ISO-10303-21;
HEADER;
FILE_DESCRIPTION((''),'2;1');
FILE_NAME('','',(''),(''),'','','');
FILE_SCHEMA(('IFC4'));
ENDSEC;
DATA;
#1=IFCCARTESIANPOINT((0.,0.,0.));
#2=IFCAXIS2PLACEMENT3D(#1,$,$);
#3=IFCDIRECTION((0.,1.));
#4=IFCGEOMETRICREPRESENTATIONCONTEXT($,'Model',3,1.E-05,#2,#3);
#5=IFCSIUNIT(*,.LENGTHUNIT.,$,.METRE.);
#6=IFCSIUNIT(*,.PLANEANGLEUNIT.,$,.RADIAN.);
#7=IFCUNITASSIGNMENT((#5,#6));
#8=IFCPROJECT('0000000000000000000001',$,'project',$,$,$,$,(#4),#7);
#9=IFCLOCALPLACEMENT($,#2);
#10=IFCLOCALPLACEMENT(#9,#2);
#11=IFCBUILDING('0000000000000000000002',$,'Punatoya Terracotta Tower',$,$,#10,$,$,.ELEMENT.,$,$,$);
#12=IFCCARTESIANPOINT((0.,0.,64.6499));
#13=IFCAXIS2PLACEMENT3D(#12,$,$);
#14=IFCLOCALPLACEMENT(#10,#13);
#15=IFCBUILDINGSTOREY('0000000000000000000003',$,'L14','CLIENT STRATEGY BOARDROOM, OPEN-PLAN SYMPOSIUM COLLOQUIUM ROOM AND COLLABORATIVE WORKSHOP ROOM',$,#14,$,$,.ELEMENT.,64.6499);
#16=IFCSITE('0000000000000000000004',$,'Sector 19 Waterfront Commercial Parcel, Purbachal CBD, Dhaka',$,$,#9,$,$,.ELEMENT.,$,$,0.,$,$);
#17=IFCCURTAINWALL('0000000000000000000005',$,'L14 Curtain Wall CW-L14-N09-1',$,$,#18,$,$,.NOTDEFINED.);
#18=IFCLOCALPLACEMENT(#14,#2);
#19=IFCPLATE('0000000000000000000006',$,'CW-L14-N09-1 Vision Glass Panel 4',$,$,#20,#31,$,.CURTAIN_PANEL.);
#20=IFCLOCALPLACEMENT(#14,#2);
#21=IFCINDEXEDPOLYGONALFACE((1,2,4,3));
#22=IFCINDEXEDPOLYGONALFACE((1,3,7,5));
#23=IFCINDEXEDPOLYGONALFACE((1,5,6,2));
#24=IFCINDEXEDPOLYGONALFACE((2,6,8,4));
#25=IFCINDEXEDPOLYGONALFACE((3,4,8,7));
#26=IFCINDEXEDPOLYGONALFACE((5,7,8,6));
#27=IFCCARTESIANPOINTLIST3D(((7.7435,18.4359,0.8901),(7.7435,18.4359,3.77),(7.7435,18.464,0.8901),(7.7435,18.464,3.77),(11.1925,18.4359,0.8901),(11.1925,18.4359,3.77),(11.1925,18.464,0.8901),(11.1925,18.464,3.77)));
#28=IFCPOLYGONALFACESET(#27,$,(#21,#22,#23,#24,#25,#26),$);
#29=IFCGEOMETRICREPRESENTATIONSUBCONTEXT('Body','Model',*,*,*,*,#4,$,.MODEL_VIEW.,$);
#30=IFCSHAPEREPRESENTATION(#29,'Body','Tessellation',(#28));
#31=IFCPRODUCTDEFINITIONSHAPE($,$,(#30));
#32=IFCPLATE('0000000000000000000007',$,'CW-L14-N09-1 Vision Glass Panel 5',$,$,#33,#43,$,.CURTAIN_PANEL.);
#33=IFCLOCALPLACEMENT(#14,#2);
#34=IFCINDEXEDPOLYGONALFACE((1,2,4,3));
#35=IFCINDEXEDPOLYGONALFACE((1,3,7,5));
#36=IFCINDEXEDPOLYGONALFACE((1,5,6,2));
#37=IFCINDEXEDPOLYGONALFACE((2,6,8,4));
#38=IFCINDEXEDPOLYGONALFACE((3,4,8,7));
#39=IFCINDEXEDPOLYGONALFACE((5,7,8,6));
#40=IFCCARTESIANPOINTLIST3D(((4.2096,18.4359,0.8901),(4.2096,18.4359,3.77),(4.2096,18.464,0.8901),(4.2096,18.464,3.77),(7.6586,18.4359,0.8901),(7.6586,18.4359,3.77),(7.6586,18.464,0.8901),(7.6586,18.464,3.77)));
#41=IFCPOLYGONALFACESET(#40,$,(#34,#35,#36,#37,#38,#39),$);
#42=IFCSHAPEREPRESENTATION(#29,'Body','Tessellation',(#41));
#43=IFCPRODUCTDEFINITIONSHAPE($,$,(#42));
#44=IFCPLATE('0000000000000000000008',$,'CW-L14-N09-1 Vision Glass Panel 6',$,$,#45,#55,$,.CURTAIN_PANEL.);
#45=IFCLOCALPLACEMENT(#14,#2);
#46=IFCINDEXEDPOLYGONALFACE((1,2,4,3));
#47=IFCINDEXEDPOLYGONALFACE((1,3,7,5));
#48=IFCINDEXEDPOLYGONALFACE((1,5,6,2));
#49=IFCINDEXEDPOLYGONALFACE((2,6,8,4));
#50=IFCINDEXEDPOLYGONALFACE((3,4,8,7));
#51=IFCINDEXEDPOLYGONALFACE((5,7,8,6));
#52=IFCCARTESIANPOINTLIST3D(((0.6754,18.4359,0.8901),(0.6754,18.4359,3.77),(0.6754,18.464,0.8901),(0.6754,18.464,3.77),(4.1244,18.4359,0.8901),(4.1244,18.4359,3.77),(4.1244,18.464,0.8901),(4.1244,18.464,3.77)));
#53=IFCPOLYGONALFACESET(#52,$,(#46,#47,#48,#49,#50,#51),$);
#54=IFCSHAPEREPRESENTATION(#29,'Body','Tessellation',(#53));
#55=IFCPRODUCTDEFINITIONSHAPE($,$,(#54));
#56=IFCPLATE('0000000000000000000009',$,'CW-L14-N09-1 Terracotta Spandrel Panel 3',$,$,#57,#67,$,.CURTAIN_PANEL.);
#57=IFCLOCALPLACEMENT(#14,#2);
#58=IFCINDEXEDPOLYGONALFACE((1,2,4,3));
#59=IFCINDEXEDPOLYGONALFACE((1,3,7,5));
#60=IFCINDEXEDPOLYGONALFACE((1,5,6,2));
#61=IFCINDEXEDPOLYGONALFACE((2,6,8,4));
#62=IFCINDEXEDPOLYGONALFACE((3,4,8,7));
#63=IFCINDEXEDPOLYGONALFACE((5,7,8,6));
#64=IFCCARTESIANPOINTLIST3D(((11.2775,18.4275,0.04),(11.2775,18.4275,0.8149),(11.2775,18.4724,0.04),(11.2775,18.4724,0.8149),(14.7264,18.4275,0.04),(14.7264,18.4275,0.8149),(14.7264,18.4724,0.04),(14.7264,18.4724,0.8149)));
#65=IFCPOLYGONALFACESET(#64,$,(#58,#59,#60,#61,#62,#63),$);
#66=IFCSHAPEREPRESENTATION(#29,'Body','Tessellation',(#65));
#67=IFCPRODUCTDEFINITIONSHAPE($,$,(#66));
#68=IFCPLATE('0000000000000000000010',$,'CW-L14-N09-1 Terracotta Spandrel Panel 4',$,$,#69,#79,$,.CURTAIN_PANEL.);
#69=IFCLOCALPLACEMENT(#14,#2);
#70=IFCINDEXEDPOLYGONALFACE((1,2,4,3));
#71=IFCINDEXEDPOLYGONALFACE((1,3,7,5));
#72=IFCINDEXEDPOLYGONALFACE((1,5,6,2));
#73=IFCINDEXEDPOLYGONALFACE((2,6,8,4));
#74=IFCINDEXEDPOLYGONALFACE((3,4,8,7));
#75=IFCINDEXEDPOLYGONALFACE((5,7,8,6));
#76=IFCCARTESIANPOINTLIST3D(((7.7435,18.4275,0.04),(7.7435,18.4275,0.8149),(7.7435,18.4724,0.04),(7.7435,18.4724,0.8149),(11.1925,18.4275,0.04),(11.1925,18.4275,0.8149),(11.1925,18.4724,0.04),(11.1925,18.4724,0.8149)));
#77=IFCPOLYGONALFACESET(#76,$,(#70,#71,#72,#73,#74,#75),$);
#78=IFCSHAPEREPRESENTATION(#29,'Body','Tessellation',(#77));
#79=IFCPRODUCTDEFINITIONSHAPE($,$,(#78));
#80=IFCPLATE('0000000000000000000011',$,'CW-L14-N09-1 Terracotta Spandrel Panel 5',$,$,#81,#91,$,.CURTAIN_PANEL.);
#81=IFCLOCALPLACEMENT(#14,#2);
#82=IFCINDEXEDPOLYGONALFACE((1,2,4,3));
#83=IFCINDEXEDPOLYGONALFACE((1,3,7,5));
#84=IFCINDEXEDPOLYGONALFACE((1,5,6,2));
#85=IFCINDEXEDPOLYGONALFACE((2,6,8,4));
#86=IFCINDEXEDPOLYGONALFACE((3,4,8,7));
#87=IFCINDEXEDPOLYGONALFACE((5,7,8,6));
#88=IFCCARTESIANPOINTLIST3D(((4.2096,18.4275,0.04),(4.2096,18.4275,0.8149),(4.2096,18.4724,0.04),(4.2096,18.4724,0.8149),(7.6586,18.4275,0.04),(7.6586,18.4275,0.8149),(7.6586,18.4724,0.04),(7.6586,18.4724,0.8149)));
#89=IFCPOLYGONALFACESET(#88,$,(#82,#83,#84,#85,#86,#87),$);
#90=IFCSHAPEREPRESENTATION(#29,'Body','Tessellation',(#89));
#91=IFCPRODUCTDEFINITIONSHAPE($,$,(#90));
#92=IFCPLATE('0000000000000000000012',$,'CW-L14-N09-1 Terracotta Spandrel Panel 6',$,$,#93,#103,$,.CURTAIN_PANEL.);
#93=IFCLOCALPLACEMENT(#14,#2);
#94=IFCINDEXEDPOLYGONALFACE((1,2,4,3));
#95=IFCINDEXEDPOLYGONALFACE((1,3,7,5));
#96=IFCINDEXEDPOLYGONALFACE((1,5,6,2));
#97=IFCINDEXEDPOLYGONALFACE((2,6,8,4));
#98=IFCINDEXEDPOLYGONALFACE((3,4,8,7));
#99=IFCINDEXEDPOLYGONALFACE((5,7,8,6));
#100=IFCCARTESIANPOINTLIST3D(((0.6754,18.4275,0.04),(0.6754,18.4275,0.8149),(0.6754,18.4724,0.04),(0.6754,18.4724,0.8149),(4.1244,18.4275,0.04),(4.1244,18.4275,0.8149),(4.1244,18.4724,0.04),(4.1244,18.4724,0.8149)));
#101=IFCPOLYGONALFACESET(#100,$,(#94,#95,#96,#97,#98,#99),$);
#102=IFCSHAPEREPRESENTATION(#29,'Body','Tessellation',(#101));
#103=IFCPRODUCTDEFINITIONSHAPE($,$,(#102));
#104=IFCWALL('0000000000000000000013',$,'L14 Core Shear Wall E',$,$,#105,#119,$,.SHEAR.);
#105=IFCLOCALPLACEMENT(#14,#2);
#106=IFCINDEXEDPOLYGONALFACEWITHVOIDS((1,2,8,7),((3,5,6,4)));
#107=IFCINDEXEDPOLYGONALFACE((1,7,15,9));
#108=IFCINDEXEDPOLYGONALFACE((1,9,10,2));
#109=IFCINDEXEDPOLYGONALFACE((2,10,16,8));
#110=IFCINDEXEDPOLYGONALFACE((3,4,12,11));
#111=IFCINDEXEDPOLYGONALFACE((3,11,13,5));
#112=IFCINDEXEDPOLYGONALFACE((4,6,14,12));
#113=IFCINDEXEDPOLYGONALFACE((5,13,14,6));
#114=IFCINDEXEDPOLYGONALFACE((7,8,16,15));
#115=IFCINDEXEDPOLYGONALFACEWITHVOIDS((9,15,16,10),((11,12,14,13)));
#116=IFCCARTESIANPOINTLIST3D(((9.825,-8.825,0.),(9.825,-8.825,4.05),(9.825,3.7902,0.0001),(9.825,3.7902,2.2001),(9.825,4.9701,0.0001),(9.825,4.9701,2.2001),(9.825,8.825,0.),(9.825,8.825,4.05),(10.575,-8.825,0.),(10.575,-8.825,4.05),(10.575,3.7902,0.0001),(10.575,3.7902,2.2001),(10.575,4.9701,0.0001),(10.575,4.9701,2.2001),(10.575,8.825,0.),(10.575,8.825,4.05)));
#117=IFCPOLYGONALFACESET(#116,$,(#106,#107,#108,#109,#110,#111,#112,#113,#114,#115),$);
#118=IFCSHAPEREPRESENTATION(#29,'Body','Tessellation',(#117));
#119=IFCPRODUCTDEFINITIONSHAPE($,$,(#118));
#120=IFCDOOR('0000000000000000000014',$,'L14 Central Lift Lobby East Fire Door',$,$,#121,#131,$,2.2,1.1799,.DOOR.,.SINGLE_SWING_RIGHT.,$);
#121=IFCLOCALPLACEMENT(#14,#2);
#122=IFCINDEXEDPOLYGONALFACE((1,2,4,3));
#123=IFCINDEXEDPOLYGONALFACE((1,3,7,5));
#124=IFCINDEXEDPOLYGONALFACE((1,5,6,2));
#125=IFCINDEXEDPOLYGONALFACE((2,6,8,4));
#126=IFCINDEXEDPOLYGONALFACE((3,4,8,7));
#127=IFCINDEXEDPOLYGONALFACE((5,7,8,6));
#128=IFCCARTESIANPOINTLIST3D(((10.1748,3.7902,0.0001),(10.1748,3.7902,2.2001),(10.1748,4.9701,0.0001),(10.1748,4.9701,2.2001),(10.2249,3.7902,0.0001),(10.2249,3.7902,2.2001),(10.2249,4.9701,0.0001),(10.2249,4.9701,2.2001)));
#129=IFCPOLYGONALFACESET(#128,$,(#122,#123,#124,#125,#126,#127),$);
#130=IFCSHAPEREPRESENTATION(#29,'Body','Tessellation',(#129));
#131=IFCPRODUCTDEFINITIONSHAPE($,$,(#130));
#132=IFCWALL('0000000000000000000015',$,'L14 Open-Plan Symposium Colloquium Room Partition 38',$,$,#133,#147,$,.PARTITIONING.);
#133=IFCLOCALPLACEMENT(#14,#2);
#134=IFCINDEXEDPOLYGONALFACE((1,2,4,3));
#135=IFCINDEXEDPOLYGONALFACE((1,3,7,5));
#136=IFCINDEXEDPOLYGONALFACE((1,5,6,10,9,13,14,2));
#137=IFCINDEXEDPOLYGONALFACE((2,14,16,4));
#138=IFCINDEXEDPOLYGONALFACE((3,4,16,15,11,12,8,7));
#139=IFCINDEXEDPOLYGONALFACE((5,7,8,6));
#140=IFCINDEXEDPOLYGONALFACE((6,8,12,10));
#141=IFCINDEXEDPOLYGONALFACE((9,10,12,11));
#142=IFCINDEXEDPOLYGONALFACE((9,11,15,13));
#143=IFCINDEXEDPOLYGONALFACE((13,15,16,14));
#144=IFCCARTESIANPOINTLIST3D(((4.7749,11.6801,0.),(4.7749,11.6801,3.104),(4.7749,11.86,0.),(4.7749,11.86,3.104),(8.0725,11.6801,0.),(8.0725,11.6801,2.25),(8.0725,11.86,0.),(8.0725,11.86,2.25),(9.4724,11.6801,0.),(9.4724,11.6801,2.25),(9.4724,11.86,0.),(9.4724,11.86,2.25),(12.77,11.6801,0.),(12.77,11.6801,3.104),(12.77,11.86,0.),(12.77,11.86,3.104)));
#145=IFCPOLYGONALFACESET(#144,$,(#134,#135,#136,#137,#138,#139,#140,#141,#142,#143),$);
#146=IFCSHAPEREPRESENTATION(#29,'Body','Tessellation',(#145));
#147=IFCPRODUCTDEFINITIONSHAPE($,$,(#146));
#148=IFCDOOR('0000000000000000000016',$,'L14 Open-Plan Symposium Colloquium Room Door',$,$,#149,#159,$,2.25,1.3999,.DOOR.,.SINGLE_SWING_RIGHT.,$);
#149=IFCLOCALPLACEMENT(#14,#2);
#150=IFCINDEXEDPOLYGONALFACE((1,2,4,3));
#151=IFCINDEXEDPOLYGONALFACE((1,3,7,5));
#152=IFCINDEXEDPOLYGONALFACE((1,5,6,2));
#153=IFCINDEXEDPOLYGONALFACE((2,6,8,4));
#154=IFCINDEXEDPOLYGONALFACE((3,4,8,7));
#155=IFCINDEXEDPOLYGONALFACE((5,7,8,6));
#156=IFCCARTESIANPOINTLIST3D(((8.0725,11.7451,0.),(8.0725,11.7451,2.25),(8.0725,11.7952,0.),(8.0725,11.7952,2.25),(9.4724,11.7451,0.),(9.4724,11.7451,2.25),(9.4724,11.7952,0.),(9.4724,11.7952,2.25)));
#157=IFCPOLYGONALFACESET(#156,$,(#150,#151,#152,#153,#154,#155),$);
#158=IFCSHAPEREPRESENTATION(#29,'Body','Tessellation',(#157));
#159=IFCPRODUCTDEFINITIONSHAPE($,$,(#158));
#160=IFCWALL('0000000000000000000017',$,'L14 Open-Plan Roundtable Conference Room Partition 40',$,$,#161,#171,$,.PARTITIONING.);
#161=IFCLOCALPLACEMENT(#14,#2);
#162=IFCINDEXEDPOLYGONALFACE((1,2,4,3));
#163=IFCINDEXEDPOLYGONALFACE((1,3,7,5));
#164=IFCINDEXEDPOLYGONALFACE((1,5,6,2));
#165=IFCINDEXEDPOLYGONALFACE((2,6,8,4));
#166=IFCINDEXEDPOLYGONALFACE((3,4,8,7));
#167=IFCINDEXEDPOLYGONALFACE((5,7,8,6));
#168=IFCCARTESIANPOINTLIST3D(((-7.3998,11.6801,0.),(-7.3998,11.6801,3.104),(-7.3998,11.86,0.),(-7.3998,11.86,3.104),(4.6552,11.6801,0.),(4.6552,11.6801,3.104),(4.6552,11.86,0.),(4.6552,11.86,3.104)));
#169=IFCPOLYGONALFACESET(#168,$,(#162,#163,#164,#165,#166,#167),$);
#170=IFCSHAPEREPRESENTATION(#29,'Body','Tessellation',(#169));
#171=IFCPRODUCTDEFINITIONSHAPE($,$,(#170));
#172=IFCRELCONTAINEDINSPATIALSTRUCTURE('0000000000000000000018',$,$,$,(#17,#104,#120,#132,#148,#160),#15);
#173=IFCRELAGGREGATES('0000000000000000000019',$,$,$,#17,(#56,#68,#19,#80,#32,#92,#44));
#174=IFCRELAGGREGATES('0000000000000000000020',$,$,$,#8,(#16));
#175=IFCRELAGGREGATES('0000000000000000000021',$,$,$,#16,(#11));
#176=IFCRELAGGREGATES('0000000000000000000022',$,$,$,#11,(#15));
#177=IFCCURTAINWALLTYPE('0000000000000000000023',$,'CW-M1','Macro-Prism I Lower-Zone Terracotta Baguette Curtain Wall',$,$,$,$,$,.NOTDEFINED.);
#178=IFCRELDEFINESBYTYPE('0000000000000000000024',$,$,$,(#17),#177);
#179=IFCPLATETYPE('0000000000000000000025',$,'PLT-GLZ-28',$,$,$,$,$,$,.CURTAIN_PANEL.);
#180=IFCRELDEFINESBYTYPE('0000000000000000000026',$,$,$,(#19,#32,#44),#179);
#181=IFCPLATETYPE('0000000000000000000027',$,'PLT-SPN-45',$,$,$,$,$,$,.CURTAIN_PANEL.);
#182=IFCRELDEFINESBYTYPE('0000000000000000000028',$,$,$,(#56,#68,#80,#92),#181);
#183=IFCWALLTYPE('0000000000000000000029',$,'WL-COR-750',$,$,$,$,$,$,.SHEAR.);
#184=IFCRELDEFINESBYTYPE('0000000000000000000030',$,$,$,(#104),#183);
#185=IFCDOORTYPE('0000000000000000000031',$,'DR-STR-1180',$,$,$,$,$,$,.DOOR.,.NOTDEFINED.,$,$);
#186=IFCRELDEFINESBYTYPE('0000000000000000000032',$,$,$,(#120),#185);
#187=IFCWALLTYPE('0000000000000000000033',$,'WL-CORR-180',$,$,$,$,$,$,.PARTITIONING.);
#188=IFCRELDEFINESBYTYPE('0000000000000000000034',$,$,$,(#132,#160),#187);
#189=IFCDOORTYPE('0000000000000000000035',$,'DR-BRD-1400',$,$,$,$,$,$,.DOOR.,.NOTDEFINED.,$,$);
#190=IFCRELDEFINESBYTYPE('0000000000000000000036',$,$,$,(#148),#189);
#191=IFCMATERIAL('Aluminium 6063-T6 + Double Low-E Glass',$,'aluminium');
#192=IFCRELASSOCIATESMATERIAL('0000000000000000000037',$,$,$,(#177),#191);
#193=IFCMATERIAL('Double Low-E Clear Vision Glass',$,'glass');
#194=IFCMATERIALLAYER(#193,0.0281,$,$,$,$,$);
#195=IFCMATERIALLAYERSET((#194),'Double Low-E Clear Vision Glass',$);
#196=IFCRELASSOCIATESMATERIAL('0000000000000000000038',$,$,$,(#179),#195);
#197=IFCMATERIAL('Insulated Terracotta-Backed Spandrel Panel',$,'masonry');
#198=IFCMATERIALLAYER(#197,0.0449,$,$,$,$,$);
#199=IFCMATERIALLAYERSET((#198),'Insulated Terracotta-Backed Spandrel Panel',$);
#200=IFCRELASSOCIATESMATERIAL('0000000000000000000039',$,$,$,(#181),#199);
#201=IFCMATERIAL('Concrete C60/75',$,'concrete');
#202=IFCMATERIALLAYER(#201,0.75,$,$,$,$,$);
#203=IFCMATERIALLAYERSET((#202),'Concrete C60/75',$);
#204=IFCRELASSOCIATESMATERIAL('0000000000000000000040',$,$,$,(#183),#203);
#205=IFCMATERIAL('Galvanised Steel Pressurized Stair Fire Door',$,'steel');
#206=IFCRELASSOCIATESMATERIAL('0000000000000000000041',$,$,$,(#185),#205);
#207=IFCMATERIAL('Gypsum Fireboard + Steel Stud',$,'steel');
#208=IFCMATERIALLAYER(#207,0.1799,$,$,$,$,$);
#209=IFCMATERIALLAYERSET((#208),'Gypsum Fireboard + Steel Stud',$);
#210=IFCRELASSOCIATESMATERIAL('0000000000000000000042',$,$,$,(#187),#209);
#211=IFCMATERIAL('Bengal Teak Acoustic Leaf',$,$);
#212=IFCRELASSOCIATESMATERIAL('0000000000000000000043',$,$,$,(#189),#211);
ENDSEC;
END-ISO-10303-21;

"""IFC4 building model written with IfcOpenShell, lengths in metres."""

from ifc_helpers import new_model, si_unit, direction, frame, frame_2d, origin, origin_2d, place, context, subcontext, project, spatial, rectangle, extrude, material, layer, layer_set, type_object, element, fill, aggregate, save


model = new_model("IFC4")

# Units and contexts
model_context = context("Model", 3, precision=1e-05, world=origin(), true_north=direction((0.0, 1.0)))
body_context = subcontext(model_context, "Body", "Model", "MODEL_VIEW")
ifc_project = project(units=[si_unit("LENGTHUNIT", "METRE"), si_unit("PLANEANGLEUNIT", "RADIAN")], contexts=[model_context])

# Site, building, storey
site_placement = place(None, origin())
site = spatial("IfcSite", under=ifc_project, at=site_placement, Name="Sector 19 Waterfront Commercial Parcel, Purbachal CBD, Dhaka", CompositionType="ELEMENT", RefElevation=0.0)
building_placement = place(site_placement, origin())
building = spatial("IfcBuilding", under=site, at=building_placement, Name="Punatoya Terracotta Tower", CompositionType="ELEMENT")
storey_placement = place(building_placement, frame((0.0, 0.0, 64.6499)))
storey = spatial("IfcBuildingStorey", under=building, at=storey_placement, Name="L14", Description="CLIENT STRATEGY BOARDROOM, OPEN-PLAN SYMPOSIUM COLLOQUIUM ROOM AND COLLABORATIVE WORKSHOP ROOM", CompositionType="ELEMENT", Elevation=64.6499)

# Curtain wall, plates
ifc_material_1 = material(Name="Aluminium 6063-T6 + Double Low-E Glass", Category="aluminium")
curtain_wall_type = type_object("IfcCurtainWallType", Name="CW-M1", Description="Macro-Prism I Lower-Zone Terracotta Baguette Curtain Wall", PredefinedType="NOTDEFINED", material=ifc_material_1)
curtain_wall_placement = place(storey_placement, origin())
curtain_wall = element("IfcCurtainWall", 1, at=curtain_wall_placement, inside=storey, type_object=curtain_wall_type, Name="L14 Curtain Wall CW-L14-N09-1", PredefinedType="NOTDEFINED")
ifc_material_2 = material(Name="Double Low-E Clear Vision Glass", Category="glass")
ifc_layer_1 = layer(ifc_material_2, 0.0281)
ifc_layer_set_1 = layer_set([ifc_layer_1], Name="Double Low-E Clear Vision Glass")
plate_type_1 = type_object("IfcPlateType", Name="PLT-GLZ-28", PredefinedType="CURTAIN_PANEL", material=ifc_layer_set_1)
plate_1_placement = place(storey_placement, frame((9.468, 18.45, 0.8901), z_axis=(0.0, 0.0, 1.0), x_axis=(-1.0, 0.0, 0.0)))
plate_1 = element("IfcPlate", 2, at=plate_1_placement, type_object=plate_type_1, Name="CW-L14-N09-1 Vision Glass Panel 4", PredefinedType="CURTAIN_PANEL", context=body_context, shape_type="SweptSolid", body=[
    extrude(rectangle(XDim=3.449, YDim=0.0281, at=origin_2d()), origin(), (0.0, 0.0, 1.0), 2.8799),
])
plate_2_placement = place(storey_placement, frame((5.9341, 18.45, 0.8901), z_axis=(0.0, 0.0, 1.0), x_axis=(-1.0, 0.0, 0.0)))
plate_2 = element("IfcPlate", 3, at=plate_2_placement, type_object=plate_type_1, Name="CW-L14-N09-1 Vision Glass Panel 5", PredefinedType="CURTAIN_PANEL", context=body_context, shape_type="SweptSolid", body=[
    extrude(rectangle(XDim=3.449, YDim=0.0281, at=origin_2d()), origin(), (0.0, 0.0, 1.0), 2.8799),
])
plate_3_placement = place(storey_placement, frame((2.3999, 18.45, 0.8901), z_axis=(0.0, 0.0, 1.0), x_axis=(-1.0, 0.0, 0.0)))
plate_3 = element("IfcPlate", 4, at=plate_3_placement, type_object=plate_type_1, Name="CW-L14-N09-1 Vision Glass Panel 6", PredefinedType="CURTAIN_PANEL", context=body_context, shape_type="SweptSolid", body=[
    extrude(rectangle(XDim=3.449, YDim=0.0281, at=origin_2d()), origin(), (0.0, 0.0, 1.0), 2.8799),
])
ifc_material_3 = material(Name="Insulated Terracotta-Backed Spandrel Panel", Category="masonry")
ifc_layer_2 = layer(ifc_material_3, 0.0449)
ifc_layer_set_2 = layer_set([ifc_layer_2], Name="Insulated Terracotta-Backed Spandrel Panel")
plate_type_2 = type_object("IfcPlateType", Name="PLT-SPN-45", PredefinedType="CURTAIN_PANEL", material=ifc_layer_set_2)
plate_4_placement = place(storey_placement, frame((13.002, 18.45, 0.04), z_axis=(0.0, 0.0, 1.0), x_axis=(-1.0, 0.0, 0.0)))
plate_4 = element("IfcPlate", 5, at=plate_4_placement, type_object=plate_type_2, Name="CW-L14-N09-1 Terracotta Spandrel Panel 3", PredefinedType="CURTAIN_PANEL", context=body_context, shape_type="SweptSolid", body=[
    extrude(rectangle(XDim=3.449, YDim=0.0449, at=origin_2d()), origin(), (0.0, 0.0, 1.0), 0.7749),
])
plate_5_placement = place(storey_placement, frame((9.468, 18.45, 0.04), z_axis=(0.0, 0.0, 1.0), x_axis=(-1.0, 0.0, 0.0)))
plate_5 = element("IfcPlate", 6, at=plate_5_placement, type_object=plate_type_2, Name="CW-L14-N09-1 Terracotta Spandrel Panel 4", PredefinedType="CURTAIN_PANEL", context=body_context, shape_type="SweptSolid", body=[
    extrude(rectangle(XDim=3.449, YDim=0.0449, at=origin_2d()), origin(), (0.0, 0.0, 1.0), 0.7749),
])
plate_6_placement = place(storey_placement, frame((5.9341, 18.45, 0.04), z_axis=(0.0, 0.0, 1.0), x_axis=(-1.0, 0.0, 0.0)))
plate_6 = element("IfcPlate", 7, at=plate_6_placement, type_object=plate_type_2, Name="CW-L14-N09-1 Terracotta Spandrel Panel 5", PredefinedType="CURTAIN_PANEL", context=body_context, shape_type="SweptSolid", body=[
    extrude(rectangle(XDim=3.449, YDim=0.0449, at=origin_2d()), origin(), (0.0, 0.0, 1.0), 0.7749),
])
plate_7_placement = place(storey_placement, frame((2.3999, 18.45, 0.04), z_axis=(0.0, 0.0, 1.0), x_axis=(-1.0, 0.0, 0.0)))
plate_7 = element("IfcPlate", 8, at=plate_7_placement, type_object=plate_type_2, Name="CW-L14-N09-1 Terracotta Spandrel Panel 6", PredefinedType="CURTAIN_PANEL", context=body_context, shape_type="SweptSolid", body=[
    extrude(rectangle(XDim=3.449, YDim=0.0449, at=origin_2d()), origin(), (0.0, 0.0, 1.0), 0.7749),
])
aggregate(curtain_wall, [plate_4, plate_5, plate_1, plate_6, plate_2, plate_7, plate_3])

# Walls, openings, doors
ifc_material_4 = material(Name="Concrete C60/75", Category="concrete")
ifc_layer_3 = layer(ifc_material_4, 0.75)
ifc_layer_set_3 = layer_set([ifc_layer_3], Name="Concrete C60/75")
wall_type_1 = type_object("IfcWallType", Name="WL-COR-750", PredefinedType="SHEAR", material=ifc_layer_set_3)
wall_1_placement = place(storey_placement, frame((10.2, 8.825, 0.0), z_axis=(0.0, 0.0, 1.0), x_axis=(0.0, -1.0, 0.0)))
wall_1 = element("IfcWall", 9, at=wall_1_placement, inside=storey, type_object=wall_type_1, Name="L14 Core Shear Wall E", PredefinedType="SHEAR", context=body_context, shape_type="SweptSolid", body=[
    extrude(rectangle(XDim=17.6499, YDim=0.75, at=frame_2d((8.825, 0.0))), origin(), (0.0, 0.0, 1.0), 4.05),
])
opening_1_placement = place(wall_1_placement, frame((3.855, 0.0, 0.0)))
opening_1 = element("IfcOpeningElement", 10, at=opening_1_placement, cuts=wall_1, PredefinedType="OPENING", context=body_context, shape_type="SweptSolid", body=[
    extrude(rectangle(XDim=1.1799, YDim=2.2, at=frame_2d((0.5898, 1.1001))), frame((0.0, 0.385, 0.0), z_axis=(0.0, -1.0, 0.0), x_axis=(1.0, 0.0, 0.0)), (0.0, 0.0, 1.0), 0.77),
])
ifc_material_5 = material(Name="Galvanised Steel Pressurized Stair Fire Door", Category="steel")
door_type_1 = type_object("IfcDoorType", Name="DR-STR-1180", OperationType="NOTDEFINED", PredefinedType="DOOR", material=ifc_material_5)
door_1_placement = place(opening_1_placement, origin())
door_1 = element("IfcDoor", 11, at=door_1_placement, inside=storey, type_object=door_type_1, Name="L14 Central Lift Lobby East Fire Door", OperationType="SINGLE_SWING_RIGHT", OverallHeight=2.2, OverallWidth=1.1799, PredefinedType="DOOR", context=body_context, shape_type="SweptSolid", body=[
    extrude(rectangle(XDim=1.1799, YDim=2.2, at=frame_2d((0.5898, 1.1001))), frame((0.0, 0.0249, 0.0), z_axis=(0.0, -1.0, 0.0), x_axis=(1.0, 0.0, 0.0)), (0.0, 0.0, 1.0), 0.05),
])
fill(opening_1, door_1)
ifc_material_6 = material(Name="Gypsum Fireboard + Steel Stud", Category="steel")
ifc_layer_4 = layer(ifc_material_6, 0.1799)
ifc_layer_set_4 = layer_set([ifc_layer_4], Name="Gypsum Fireboard + Steel Stud")
wall_type_2 = type_object("IfcWallType", Name="WL-CORR-180", PredefinedType="PARTITIONING", material=ifc_layer_set_4)
wall_2_placement = place(storey_placement, frame((12.77, 11.77, 0.0), z_axis=(0.0, 0.0, 1.0), x_axis=(-1.0, 0.0, 0.0)))
wall_2 = element("IfcWall", 12, at=wall_2_placement, inside=storey, type_object=wall_type_2, Name="L14 Open-Plan Symposium Colloquium Room Partition 38", PredefinedType="PARTITIONING", context=body_context, shape_type="SweptSolid", body=[
    extrude(rectangle(XDim=7.9951, YDim=0.1799, at=frame_2d((3.9976, 0.0))), origin(), (0.0, 0.0, 1.0), 3.104),
])
opening_2_placement = place(wall_2_placement, frame((3.2976, 0.0, 0.0)))
opening_2 = element("IfcOpeningElement", 13, at=opening_2_placement, cuts=wall_2, PredefinedType="OPENING", context=body_context, shape_type="SweptSolid", body=[
    extrude(rectangle(XDim=1.3999, YDim=2.25, at=frame_2d((0.7, 1.125))), frame((0.0, 0.0999, 0.0), z_axis=(0.0, -1.0, 0.0), x_axis=(1.0, 0.0, 0.0)), (0.0, 0.0, 1.0), 0.2),
])
ifc_material_7 = material(Name="Bengal Teak Acoustic Leaf")
door_type_2 = type_object("IfcDoorType", Name="DR-BRD-1400", OperationType="NOTDEFINED", PredefinedType="DOOR", material=ifc_material_7)
door_2_placement = place(opening_2_placement, origin())
door_2 = element("IfcDoor", 14, at=door_2_placement, inside=storey, type_object=door_type_2, Name="L14 Open-Plan Symposium Colloquium Room Door", OperationType="SINGLE_SWING_RIGHT", OverallHeight=2.25, OverallWidth=1.3999, PredefinedType="DOOR", context=body_context, shape_type="SweptSolid", body=[
    extrude(rectangle(XDim=1.3999, YDim=2.25, at=frame_2d((0.7, 1.125))), frame((0.0, 0.0249, 0.0), z_axis=(0.0, -1.0, 0.0), x_axis=(1.0, 0.0, 0.0)), (0.0, 0.0, 1.0), 0.05),
])
fill(opening_2, door_2)

# Wall
wall_3_placement = place(storey_placement, frame((4.655, 11.77, 0.0), z_axis=(0.0, 0.0, 1.0), x_axis=(-1.0, 0.0, 0.0)))
element("IfcWall", 15, at=wall_3_placement, inside=storey, type_object=wall_type_2, Name="L14 Open-Plan Roundtable Conference Room Partition 40", PredefinedType="PARTITIONING", context=body_context, shape_type="SweptSolid", body=[
    extrude(rectangle(XDim=12.0549, YDim=0.1799, at=frame_2d((6.0273, 0.0))), origin(), (0.0, 0.0, 1.0), 3.104),
])

save(model, "model.ifc")
